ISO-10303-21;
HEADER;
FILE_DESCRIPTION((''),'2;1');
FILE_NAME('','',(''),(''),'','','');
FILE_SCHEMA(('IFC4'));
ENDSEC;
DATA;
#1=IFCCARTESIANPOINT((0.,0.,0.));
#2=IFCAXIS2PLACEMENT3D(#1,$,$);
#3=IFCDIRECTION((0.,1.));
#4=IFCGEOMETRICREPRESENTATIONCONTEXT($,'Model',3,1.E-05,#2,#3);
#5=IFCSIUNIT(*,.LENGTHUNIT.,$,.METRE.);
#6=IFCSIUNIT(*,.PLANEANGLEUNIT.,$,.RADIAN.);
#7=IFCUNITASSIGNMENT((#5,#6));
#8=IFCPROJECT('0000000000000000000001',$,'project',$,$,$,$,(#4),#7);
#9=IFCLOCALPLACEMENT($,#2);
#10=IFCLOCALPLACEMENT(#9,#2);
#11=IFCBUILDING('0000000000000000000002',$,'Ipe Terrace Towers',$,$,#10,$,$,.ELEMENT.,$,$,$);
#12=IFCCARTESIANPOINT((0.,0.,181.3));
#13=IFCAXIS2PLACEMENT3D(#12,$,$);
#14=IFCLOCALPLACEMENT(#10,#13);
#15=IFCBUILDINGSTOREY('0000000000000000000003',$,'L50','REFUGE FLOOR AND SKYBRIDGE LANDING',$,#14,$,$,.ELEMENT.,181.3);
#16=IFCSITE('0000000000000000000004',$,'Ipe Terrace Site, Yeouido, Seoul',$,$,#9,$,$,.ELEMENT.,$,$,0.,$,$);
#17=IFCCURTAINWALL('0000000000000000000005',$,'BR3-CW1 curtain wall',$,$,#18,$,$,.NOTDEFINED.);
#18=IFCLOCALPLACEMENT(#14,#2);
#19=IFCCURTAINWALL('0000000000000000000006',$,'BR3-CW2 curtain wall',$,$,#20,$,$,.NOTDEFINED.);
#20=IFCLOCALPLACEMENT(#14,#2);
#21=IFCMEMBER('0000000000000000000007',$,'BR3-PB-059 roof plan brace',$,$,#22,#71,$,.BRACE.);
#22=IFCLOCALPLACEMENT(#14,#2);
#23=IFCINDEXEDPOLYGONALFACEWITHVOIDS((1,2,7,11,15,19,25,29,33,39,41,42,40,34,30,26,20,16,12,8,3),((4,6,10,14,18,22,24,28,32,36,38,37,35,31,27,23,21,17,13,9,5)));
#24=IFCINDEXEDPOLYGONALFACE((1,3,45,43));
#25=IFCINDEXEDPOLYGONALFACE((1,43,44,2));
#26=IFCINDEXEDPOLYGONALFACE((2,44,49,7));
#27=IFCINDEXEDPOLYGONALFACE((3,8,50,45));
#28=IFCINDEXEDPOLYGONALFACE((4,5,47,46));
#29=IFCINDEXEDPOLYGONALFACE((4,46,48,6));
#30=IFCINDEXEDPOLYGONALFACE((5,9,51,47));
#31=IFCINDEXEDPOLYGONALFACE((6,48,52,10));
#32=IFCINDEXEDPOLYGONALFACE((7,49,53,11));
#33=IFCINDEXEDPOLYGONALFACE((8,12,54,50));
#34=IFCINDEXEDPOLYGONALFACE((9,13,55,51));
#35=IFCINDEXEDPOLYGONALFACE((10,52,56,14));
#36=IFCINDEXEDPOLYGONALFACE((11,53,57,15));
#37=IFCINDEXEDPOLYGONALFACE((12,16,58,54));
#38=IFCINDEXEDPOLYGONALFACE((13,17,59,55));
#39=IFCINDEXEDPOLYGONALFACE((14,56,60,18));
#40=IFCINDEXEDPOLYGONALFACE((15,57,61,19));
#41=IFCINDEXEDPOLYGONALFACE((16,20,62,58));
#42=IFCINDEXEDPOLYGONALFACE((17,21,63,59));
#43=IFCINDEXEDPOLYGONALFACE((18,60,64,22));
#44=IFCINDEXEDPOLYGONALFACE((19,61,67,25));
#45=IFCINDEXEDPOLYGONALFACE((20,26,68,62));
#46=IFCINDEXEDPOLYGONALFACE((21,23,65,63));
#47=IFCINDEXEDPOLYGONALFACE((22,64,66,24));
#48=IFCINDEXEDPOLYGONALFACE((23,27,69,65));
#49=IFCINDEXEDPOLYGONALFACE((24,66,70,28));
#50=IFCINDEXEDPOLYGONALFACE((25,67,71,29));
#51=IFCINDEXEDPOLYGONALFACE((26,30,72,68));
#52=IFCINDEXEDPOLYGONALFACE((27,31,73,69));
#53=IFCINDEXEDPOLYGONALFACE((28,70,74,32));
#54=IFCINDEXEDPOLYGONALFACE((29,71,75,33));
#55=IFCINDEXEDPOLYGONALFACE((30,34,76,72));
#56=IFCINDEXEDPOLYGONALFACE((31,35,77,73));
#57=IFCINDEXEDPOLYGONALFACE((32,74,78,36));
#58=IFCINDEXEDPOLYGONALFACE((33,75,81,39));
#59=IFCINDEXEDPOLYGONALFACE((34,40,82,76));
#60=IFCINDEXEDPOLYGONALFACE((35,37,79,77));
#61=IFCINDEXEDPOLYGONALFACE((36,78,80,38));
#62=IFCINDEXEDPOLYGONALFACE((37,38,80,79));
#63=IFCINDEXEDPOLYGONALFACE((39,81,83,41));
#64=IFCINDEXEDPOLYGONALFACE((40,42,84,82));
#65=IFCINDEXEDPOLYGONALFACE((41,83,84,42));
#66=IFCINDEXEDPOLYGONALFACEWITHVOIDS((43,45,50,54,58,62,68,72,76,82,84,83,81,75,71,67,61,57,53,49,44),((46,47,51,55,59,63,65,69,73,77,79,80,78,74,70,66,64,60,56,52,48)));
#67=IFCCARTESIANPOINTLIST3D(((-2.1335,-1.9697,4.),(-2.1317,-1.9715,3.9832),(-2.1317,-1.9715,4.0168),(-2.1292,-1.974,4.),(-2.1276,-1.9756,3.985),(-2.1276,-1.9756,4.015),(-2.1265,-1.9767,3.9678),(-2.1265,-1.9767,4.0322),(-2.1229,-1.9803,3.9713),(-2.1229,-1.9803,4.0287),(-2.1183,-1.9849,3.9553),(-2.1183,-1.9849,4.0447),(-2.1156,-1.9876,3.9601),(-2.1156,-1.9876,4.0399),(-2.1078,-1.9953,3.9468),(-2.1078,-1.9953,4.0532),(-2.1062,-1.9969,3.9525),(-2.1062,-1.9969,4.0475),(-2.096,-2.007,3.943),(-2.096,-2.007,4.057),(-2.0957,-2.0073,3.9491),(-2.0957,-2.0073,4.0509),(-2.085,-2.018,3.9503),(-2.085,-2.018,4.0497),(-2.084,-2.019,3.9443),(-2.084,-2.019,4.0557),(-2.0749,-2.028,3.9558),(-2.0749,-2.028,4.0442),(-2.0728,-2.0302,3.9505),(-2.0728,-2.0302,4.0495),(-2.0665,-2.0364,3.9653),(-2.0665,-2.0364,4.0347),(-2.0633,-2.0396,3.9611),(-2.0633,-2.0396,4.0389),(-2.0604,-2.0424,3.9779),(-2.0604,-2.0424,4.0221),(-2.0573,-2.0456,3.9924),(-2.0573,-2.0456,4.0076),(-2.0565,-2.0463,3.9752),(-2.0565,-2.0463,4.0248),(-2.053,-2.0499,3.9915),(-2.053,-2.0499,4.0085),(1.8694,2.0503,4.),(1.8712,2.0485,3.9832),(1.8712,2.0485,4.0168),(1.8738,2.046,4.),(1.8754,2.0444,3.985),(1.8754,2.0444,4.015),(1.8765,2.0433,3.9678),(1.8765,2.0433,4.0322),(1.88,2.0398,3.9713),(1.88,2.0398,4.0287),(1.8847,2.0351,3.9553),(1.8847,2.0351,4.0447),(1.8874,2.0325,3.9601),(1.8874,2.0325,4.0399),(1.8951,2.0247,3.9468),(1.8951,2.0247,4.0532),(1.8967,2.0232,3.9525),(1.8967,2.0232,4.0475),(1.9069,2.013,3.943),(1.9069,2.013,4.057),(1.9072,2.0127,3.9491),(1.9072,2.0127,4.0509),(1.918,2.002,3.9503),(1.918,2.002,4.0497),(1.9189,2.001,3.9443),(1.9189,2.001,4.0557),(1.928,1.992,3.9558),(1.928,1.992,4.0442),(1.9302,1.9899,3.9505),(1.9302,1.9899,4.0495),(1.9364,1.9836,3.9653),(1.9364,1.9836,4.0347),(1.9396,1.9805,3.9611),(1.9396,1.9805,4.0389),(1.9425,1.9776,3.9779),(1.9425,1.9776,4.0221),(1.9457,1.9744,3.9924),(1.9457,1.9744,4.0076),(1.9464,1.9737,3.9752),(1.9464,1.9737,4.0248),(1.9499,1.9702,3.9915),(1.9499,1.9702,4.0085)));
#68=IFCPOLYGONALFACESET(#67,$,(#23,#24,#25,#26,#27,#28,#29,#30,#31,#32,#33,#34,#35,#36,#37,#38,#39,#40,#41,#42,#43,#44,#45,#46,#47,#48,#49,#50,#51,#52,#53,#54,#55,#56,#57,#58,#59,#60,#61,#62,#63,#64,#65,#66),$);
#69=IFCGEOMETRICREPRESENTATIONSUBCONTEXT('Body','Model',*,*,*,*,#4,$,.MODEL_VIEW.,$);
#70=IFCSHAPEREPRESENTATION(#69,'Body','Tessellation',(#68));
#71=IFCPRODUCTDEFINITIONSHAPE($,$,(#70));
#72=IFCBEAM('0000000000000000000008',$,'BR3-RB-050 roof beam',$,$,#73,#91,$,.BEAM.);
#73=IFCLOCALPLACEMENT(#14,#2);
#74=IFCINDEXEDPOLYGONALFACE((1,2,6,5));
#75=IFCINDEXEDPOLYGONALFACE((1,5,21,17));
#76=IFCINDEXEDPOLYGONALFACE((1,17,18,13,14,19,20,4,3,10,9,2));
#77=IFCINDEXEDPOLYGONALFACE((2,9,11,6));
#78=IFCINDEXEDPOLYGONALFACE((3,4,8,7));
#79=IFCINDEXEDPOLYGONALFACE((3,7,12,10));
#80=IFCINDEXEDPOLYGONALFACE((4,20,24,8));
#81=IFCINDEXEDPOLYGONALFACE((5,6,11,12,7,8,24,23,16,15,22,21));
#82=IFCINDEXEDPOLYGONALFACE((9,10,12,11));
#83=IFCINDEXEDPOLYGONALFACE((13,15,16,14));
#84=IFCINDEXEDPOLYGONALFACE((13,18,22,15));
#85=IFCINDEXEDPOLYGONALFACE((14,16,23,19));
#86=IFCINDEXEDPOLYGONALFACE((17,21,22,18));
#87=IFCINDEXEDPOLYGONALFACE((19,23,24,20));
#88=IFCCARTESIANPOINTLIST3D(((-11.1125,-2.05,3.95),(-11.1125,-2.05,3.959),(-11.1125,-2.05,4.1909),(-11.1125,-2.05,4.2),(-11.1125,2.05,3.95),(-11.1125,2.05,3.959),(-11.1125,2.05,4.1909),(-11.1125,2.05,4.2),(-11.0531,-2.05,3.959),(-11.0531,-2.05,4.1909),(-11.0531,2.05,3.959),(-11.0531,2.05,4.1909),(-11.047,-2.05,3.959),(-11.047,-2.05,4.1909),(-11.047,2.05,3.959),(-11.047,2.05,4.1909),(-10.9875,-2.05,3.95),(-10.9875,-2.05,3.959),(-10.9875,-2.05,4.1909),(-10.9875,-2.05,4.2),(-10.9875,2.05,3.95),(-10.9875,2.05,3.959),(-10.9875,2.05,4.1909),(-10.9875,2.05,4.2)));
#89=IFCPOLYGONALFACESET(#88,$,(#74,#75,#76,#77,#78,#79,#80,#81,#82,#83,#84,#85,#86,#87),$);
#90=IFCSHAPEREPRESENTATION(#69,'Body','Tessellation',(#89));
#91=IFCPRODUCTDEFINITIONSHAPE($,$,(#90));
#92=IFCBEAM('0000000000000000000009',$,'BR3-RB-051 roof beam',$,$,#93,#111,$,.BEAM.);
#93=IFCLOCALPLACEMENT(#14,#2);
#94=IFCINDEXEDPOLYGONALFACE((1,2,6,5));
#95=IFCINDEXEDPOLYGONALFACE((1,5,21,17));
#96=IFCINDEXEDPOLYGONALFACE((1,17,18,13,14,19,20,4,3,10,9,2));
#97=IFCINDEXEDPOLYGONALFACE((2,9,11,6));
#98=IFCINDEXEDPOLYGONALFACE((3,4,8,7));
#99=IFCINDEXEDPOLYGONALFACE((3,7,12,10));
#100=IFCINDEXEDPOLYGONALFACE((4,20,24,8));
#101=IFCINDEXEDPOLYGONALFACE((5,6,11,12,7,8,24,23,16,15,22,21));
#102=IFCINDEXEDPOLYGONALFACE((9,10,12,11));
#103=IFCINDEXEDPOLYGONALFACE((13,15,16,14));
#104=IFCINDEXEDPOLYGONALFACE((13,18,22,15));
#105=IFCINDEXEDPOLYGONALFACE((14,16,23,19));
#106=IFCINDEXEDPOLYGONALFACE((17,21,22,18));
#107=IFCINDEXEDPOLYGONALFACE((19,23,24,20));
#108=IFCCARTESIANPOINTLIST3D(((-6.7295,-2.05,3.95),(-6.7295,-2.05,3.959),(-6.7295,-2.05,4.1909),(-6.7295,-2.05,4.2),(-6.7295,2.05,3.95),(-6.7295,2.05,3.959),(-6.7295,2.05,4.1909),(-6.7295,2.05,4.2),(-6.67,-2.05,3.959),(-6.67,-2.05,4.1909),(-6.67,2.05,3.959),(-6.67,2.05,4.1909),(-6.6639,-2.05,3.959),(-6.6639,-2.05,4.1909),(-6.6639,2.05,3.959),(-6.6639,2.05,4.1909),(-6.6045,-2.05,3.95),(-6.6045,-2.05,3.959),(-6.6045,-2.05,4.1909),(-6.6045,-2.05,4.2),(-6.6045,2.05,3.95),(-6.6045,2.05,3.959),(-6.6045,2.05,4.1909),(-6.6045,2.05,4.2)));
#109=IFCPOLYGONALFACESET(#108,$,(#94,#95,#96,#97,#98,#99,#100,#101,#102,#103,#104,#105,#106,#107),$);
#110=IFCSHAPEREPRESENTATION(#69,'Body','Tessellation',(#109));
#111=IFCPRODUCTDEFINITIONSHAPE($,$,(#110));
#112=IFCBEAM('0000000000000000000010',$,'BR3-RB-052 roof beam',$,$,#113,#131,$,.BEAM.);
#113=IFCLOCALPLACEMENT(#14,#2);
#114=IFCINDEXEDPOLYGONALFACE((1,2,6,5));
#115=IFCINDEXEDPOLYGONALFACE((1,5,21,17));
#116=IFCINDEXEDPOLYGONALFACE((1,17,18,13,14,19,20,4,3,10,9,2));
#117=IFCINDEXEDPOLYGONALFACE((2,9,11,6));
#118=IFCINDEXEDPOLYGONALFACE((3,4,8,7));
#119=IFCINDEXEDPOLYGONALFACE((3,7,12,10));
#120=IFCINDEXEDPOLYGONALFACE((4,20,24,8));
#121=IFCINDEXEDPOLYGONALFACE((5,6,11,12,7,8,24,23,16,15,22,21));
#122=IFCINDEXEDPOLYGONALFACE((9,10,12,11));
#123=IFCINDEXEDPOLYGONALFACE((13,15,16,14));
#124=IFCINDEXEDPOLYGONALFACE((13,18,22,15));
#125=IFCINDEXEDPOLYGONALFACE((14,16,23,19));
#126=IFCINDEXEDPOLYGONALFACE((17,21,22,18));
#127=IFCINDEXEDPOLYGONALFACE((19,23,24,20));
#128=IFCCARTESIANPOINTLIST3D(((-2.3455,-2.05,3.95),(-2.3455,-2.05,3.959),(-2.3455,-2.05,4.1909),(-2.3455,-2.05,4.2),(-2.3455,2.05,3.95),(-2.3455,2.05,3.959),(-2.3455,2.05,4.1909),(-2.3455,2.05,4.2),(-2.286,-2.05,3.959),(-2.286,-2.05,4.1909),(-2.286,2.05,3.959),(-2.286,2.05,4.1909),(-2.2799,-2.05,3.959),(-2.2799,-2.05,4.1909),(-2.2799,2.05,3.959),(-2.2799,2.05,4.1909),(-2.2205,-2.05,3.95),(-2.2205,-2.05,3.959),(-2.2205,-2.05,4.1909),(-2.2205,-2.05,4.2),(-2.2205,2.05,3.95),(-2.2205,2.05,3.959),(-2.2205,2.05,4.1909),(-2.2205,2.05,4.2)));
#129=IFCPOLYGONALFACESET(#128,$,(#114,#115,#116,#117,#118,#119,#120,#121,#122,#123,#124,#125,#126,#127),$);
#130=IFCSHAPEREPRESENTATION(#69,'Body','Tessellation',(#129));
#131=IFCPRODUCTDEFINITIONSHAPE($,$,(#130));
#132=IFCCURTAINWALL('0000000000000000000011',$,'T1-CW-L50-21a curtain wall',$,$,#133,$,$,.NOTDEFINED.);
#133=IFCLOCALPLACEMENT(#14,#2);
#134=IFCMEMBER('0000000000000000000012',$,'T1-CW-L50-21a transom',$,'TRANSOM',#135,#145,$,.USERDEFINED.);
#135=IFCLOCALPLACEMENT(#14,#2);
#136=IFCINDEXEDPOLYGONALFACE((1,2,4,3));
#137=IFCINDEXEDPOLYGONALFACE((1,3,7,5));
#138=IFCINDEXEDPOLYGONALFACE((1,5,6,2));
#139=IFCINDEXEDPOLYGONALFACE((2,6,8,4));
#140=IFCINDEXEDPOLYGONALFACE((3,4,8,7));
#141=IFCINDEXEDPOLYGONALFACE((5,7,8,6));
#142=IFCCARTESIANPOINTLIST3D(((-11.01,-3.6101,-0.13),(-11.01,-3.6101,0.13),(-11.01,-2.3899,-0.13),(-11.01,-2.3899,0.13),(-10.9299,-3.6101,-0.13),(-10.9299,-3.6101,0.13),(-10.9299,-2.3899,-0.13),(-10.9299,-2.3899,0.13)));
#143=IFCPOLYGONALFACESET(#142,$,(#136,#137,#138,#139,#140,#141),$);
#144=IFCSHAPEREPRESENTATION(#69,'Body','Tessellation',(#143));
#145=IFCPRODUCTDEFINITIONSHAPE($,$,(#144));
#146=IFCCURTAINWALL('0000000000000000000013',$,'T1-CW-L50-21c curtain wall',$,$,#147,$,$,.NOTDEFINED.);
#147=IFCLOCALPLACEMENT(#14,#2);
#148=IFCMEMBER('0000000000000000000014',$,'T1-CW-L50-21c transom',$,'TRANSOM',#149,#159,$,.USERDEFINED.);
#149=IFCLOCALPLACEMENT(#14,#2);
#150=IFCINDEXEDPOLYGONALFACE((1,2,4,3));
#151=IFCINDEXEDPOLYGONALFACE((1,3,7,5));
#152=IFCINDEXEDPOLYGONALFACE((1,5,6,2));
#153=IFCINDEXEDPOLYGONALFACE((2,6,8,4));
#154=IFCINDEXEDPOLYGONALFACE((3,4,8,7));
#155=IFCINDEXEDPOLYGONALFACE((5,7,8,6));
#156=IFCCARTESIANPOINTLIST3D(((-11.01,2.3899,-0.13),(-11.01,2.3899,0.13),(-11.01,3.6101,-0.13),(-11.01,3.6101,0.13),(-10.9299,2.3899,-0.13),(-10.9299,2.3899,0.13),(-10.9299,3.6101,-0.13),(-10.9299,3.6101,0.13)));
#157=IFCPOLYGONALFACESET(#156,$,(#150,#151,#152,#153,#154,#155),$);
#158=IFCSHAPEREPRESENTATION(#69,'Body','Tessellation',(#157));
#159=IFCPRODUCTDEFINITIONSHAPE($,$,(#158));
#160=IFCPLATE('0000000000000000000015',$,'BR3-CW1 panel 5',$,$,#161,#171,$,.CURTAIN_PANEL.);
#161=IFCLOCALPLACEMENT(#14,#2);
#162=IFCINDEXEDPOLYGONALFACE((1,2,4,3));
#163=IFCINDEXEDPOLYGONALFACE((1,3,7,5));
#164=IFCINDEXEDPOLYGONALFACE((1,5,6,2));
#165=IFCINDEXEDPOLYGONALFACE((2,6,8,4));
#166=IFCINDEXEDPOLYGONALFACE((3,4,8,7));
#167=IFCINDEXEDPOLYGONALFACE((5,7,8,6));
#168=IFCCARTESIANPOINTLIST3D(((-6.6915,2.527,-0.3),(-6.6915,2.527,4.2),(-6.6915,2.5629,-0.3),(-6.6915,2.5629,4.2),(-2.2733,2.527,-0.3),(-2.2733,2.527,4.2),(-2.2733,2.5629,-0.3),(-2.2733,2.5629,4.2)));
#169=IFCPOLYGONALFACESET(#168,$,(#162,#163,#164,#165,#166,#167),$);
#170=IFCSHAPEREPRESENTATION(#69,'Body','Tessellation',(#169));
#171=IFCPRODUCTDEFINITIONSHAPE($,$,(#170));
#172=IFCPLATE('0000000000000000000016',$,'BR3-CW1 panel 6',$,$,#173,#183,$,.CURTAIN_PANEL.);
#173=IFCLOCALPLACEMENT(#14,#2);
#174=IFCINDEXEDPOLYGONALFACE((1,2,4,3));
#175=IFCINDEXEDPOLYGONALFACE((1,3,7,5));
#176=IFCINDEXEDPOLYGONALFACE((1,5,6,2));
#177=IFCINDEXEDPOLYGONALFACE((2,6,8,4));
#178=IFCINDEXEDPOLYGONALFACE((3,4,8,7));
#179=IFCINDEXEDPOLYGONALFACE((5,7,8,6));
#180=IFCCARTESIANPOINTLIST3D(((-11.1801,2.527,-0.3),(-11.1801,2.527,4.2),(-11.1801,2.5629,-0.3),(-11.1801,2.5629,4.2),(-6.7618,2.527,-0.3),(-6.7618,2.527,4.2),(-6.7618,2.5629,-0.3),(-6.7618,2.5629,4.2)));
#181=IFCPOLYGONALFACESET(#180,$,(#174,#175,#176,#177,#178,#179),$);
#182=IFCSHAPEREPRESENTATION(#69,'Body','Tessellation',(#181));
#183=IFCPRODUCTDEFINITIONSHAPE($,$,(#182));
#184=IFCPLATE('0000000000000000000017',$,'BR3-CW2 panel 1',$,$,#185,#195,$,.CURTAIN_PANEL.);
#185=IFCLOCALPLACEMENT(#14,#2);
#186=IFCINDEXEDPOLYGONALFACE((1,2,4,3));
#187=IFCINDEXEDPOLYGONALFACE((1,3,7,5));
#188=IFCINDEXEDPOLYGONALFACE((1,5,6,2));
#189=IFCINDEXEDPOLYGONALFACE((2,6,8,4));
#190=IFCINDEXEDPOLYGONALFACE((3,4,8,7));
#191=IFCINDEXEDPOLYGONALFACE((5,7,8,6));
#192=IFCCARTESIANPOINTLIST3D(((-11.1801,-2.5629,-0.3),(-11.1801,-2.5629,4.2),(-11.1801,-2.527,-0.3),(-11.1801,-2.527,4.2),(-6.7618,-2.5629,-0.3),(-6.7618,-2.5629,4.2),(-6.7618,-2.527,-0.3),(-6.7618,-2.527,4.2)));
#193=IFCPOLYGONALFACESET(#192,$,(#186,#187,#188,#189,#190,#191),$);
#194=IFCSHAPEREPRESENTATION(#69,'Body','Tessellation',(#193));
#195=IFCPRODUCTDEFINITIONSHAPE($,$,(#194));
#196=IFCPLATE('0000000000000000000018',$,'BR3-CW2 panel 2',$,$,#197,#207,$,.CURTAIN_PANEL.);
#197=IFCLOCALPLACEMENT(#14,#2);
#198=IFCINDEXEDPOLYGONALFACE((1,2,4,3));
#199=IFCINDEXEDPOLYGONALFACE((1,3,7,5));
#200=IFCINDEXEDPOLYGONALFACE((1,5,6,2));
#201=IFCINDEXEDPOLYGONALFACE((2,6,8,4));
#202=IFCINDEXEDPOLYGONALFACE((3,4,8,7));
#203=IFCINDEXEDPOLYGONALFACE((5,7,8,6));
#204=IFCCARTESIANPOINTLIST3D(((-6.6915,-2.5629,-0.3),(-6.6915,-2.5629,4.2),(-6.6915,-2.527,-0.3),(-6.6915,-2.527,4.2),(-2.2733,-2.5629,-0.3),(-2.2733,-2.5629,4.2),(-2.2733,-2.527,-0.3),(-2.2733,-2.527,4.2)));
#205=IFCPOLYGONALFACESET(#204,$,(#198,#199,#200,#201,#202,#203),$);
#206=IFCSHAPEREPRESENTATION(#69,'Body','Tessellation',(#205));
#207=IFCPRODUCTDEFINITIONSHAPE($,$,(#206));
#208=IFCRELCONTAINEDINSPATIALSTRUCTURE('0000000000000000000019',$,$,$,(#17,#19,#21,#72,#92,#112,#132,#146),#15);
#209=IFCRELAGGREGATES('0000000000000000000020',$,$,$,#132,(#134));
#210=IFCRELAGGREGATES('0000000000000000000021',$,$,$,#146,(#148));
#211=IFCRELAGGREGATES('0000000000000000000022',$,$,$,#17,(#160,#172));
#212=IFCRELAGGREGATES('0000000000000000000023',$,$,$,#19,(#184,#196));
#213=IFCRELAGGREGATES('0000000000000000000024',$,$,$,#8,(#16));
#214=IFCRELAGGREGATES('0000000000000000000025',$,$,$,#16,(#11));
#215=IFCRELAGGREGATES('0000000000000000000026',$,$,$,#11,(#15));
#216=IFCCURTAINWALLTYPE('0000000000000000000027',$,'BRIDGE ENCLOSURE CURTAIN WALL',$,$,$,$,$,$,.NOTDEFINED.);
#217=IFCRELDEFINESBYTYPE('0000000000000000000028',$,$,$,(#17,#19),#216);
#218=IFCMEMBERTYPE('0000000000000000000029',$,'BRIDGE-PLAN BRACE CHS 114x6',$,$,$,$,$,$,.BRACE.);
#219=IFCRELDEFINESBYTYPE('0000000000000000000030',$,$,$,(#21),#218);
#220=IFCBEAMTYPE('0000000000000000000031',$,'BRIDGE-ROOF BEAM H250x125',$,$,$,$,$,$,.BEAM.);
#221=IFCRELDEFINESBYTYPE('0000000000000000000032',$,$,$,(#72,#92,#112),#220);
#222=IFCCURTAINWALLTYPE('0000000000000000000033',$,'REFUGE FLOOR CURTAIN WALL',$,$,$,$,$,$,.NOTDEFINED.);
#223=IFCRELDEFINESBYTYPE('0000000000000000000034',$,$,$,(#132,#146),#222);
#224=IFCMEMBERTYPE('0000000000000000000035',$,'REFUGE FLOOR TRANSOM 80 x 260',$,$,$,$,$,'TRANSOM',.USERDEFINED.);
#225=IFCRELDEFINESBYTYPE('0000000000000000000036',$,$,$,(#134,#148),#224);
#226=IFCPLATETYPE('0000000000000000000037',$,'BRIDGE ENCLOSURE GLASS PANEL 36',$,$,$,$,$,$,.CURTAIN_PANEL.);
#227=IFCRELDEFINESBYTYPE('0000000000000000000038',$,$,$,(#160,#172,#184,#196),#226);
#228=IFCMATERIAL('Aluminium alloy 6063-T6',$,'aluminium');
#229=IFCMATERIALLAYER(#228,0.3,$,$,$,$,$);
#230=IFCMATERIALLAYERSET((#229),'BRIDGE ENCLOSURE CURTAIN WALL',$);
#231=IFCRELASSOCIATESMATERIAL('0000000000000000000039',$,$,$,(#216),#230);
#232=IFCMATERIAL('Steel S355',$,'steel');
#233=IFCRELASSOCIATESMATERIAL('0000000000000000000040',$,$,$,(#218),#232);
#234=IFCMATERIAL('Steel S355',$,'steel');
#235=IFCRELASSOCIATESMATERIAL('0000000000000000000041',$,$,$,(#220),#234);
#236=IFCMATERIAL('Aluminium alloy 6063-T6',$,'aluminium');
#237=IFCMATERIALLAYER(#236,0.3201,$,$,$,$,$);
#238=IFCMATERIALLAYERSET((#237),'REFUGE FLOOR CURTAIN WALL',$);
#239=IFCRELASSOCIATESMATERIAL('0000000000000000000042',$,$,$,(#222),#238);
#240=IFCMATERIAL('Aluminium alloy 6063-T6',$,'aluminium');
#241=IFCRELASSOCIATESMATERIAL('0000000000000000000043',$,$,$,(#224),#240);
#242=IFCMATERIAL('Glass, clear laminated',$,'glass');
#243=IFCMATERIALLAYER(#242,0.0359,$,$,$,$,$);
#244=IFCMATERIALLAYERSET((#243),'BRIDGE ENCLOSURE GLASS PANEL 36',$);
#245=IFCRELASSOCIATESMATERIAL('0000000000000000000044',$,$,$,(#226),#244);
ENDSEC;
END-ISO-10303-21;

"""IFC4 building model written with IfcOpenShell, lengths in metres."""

from ifc_helpers import new_model, si_unit, direction, frame, origin, origin_2d, place, context, subcontext, project, spatial, rectangle, hollow_circle, i_section, extrude, material, layer, layer_set, material_profile, profile_set, type_object, element, aggregate, save


model = new_model("IFC4")

# Units and contexts
model_context = context("Model", 3, precision=1e-05, world=origin(), true_north=direction((0.0, 1.0)))
body_context = subcontext(model_context, "Body", "Model", "MODEL_VIEW")
ifc_project = project(units=[si_unit("LENGTHUNIT", "METRE"), si_unit("PLANEANGLEUNIT", "RADIAN")], contexts=[model_context])

# Site, building, storey
site_placement = place(None, origin())
site = spatial("IfcSite", under=ifc_project, at=site_placement, Name="Ipe Terrace Site, Yeouido, Seoul", CompositionType="ELEMENT", RefElevation=0.0)
building_placement = place(site_placement, origin())
building = spatial("IfcBuilding", under=site, at=building_placement, Name="Ipe Terrace Towers", CompositionType="ELEMENT")
storey_placement = place(building_placement, frame((0.0, 0.0, 181.3)))
storey = spatial("IfcBuildingStorey", under=building, at=storey_placement, Name="L50", Description="REFUGE FLOOR AND SKYBRIDGE LANDING", CompositionType="ELEMENT", Elevation=181.3)

# Curtain walls
ifc_material_1 = material(Name="Aluminium alloy 6063-T6", Category="aluminium")
ifc_layer_1 = layer(ifc_material_1, 0.3)
ifc_layer_set_1 = layer_set([ifc_layer_1], Name="BRIDGE ENCLOSURE CURTAIN WALL")
curtain_wall_type_1 = type_object("IfcCurtainWallType", Name="BRIDGE ENCLOSURE CURTAIN WALL", PredefinedType="NOTDEFINED", material=ifc_layer_set_1)
curtain_wall_1_placement = place(storey_placement, origin())
curtain_wall_1 = element("IfcCurtainWall", 1, at=curtain_wall_1_placement, inside=storey, type_object=curtain_wall_type_1, Name="BR3-CW1 curtain wall", PredefinedType="NOTDEFINED")
curtain_wall_2_placement = place(storey_placement, origin())
curtain_wall_2 = element("IfcCurtainWall", 2, at=curtain_wall_2_placement, inside=storey, type_object=curtain_wall_type_1, Name="BR3-CW2 curtain wall", PredefinedType="NOTDEFINED")

# Member
ifc_material_2 = material(Name="Steel S355", Category="steel")
ifc_material_profile_1 = material_profile(ifc_material_2, hollow_circle(Radius=0.0571, WallThickness=0.0061, at=origin_2d()), Name="BRIDGE-PLAN BRACE CHS 114x6")
ifc_profile_set_1 = profile_set([ifc_material_profile_1], Name="Steel S355")
member_type_1 = type_object("IfcMemberType", Name="BRIDGE-PLAN BRACE CHS 114x6", PredefinedType="BRACE", material=ifc_profile_set_1)
member_1_placement = place(storey_placement, frame((-2.093, -2.01, 4.0), z_axis=(0.705599, 0.708611, 0.0), x_axis=(-0.708611, 0.705599, 0.0)))
element("IfcMember", 3, at=member_1_placement, inside=storey, type_object=member_type_1, Name="BR3-PB-059 roof plan brace", PredefinedType="BRACE", context=body_context, shape_type="SweptSolid", body=[
    extrude(hollow_circle(Radius=0.0571, WallThickness=0.0061, at=origin_2d()), origin(), (0.0, 0.0, 1.0), 5.6731),
])

# Beams
ifc_material_3 = material(Name="Steel S355", Category="steel")
ifc_material_profile_2 = material_profile(ifc_material_3, i_section(OverallWidth=0.125, OverallDepth=0.25, WebThickness=0.0061, FlangeThickness=0.009, at=origin_2d()), Name="H250x125")
ifc_profile_set_2 = profile_set([ifc_material_profile_2], Name="Steel S355")
beam_type_1 = type_object("IfcBeamType", Name="BRIDGE-ROOF BEAM H250x125", PredefinedType="BEAM", material=ifc_profile_set_2)
for number, where, z_axis, x_axis, name in (
    (4, (-11.05, -2.05, 4.075), (0.0, 1.0, 0.0), (-1.0, 0.0, 0.0), "BR3-RB-050 roof beam"),
    (5, (-6.667, -2.05, 4.075), (0.0, 1.0, 0.0), (-1.0, 0.0, 0.0), "BR3-RB-051 roof beam"),
    (6, (-2.283, -2.05, 4.075), (0.0, 1.0, 0.0), (-1.0, 0.0, 0.0), "BR3-RB-052 roof beam"),
):
    element("IfcBeam", number, at=place(storey_placement, frame(where, z_axis=z_axis, x_axis=x_axis)), inside=storey, type_object=beam_type_1, Name=name, PredefinedType="BEAM", context=body_context, shape_type="SweptSolid", body=[
        extrude(i_section(OverallWidth=0.125, OverallDepth=0.25, WebThickness=0.0061, FlangeThickness=0.009, at=origin_2d()), origin(), (0.0, 0.0, 1.0), 4.1001),
    ])

# Curtain walls, members
ifc_material_4 = material(Name="Aluminium alloy 6063-T6", Category="aluminium")
ifc_layer_2 = layer(ifc_material_4, 0.3201)
ifc_layer_set_2 = layer_set([ifc_layer_2], Name="REFUGE FLOOR CURTAIN WALL")
curtain_wall_type_2 = type_object("IfcCurtainWallType", Name="REFUGE FLOOR CURTAIN WALL", PredefinedType="NOTDEFINED", material=ifc_layer_set_2)
curtain_wall_3_placement = place(storey_placement, origin())
curtain_wall_3 = element("IfcCurtainWall", 7, at=curtain_wall_3_placement, inside=storey, type_object=curtain_wall_type_2, Name="T1-CW-L50-21a curtain wall", PredefinedType="NOTDEFINED")
ifc_material_5 = material(Name="Aluminium alloy 6063-T6", Category="aluminium")
ifc_material_profile_3 = material_profile(ifc_material_5, rectangle(XDim=0.0801, YDim=0.26, at=origin_2d()), Name="REFUGE FLOOR TRANSOM 80 x 260")
ifc_profile_set_3 = profile_set([ifc_material_profile_3], Name="Aluminium alloy 6063-T6")
member_type_2 = type_object("IfcMemberType", Name="REFUGE FLOOR TRANSOM 80 x 260", ElementType="TRANSOM", PredefinedType="USERDEFINED", material=ifc_profile_set_3)
member_2_placement = place(storey_placement, frame((-10.97, -3.6101, 0.0), z_axis=(0.0, 1.0, 0.0), x_axis=(1.0, 0.0, 0.0)))
member_2 = element("IfcMember", 8, at=member_2_placement, type_object=member_type_2, Name="T1-CW-L50-21a transom", ObjectType="TRANSOM", PredefinedType="USERDEFINED", context=body_context, shape_type="SweptSolid", body=[
    extrude(rectangle(XDim=0.0801, YDim=0.26, at=origin_2d()), origin(), (0.0, 0.0, 1.0), 1.2202),
])
aggregate(curtain_wall_3, [member_2])
curtain_wall_4_placement = place(storey_placement, origin())
curtain_wall_4 = element("IfcCurtainWall", 9, at=curtain_wall_4_placement, inside=storey, type_object=curtain_wall_type_2, Name="T1-CW-L50-21c curtain wall", PredefinedType="NOTDEFINED")
member_3_placement = place(storey_placement, frame((-10.97, 2.3899, 0.0), z_axis=(0.0, 1.0, 0.0), x_axis=(1.0, 0.0, 0.0)))
member_3 = element("IfcMember", 10, at=member_3_placement, type_object=member_type_2, Name="T1-CW-L50-21c transom", ObjectType="TRANSOM", PredefinedType="USERDEFINED", context=body_context, shape_type="SweptSolid", body=[
    extrude(rectangle(XDim=0.0801, YDim=0.26, at=origin_2d()), origin(), (0.0, 0.0, 1.0), 1.2202),
])
aggregate(curtain_wall_4, [member_3])

# Plates
ifc_material_6 = material(Name="Glass, clear laminated", Category="glass")
ifc_layer_3 = layer(ifc_material_6, 0.0359)
ifc_layer_set_3 = layer_set([ifc_layer_3], Name="BRIDGE ENCLOSURE GLASS PANEL 36")
plate_type = type_object("IfcPlateType", Name="BRIDGE ENCLOSURE GLASS PANEL 36", PredefinedType="CURTAIN_PANEL", material=ifc_layer_set_3)
plate_1_placement = place(storey_placement, frame((-4.4824, 2.5449, -0.3), z_axis=(0.0, 0.0, 1.0), x_axis=(-1.0, 0.0, 0.0)))
plate_1 = element("IfcPlate", 11, at=plate_1_placement, type_object=plate_type, Name="BR3-CW1 panel 5", PredefinedType="CURTAIN_PANEL", context=body_context, shape_type="SweptSolid", body=[
    extrude(rectangle(XDim=4.4182, YDim=0.0359, at=origin_2d()), origin(), (0.0, 0.0, 1.0), 4.5),
])
plate_2_placement = place(storey_placement, frame((-8.9709, 2.5449, -0.3), z_axis=(0.0, 0.0, 1.0), x_axis=(-1.0, 0.0, 0.0)))
plate_2 = element("IfcPlate", 12, at=plate_2_placement, type_object=plate_type, Name="BR3-CW1 panel 6", PredefinedType="CURTAIN_PANEL", context=body_context, shape_type="SweptSolid", body=[
    extrude(rectangle(XDim=4.4182, YDim=0.0359, at=origin_2d()), origin(), (0.0, 0.0, 1.0), 4.5),
])
aggregate(curtain_wall_1, [plate_1, plate_2])
plate_3_placement = place(storey_placement, frame((-8.9709, -2.5449, -0.3), z_axis=(0.0, 0.0, 1.0), x_axis=(1.0, 0.0, 0.0)))
plate_3 = element("IfcPlate", 13, at=plate_3_placement, type_object=plate_type, Name="BR3-CW2 panel 1", PredefinedType="CURTAIN_PANEL", context=body_context, shape_type="SweptSolid", body=[
    extrude(rectangle(XDim=4.4182, YDim=0.0359, at=origin_2d()), origin(), (0.0, 0.0, 1.0), 4.5),
])
plate_4_placement = place(storey_placement, frame((-4.4824, -2.5449, -0.3), z_axis=(0.0, 0.0, 1.0), x_axis=(1.0, 0.0, 0.0)))
plate_4 = element("IfcPlate", 14, at=plate_4_placement, type_object=plate_type, Name="BR3-CW2 panel 2", PredefinedType="CURTAIN_PANEL", context=body_context, shape_type="SweptSolid", body=[
    extrude(rectangle(XDim=4.4182, YDim=0.0359, at=origin_2d()), origin(), (0.0, 0.0, 1.0), 4.5),
])
aggregate(curtain_wall_2, [plate_3, plate_4])

save(model, "model.ifc")
